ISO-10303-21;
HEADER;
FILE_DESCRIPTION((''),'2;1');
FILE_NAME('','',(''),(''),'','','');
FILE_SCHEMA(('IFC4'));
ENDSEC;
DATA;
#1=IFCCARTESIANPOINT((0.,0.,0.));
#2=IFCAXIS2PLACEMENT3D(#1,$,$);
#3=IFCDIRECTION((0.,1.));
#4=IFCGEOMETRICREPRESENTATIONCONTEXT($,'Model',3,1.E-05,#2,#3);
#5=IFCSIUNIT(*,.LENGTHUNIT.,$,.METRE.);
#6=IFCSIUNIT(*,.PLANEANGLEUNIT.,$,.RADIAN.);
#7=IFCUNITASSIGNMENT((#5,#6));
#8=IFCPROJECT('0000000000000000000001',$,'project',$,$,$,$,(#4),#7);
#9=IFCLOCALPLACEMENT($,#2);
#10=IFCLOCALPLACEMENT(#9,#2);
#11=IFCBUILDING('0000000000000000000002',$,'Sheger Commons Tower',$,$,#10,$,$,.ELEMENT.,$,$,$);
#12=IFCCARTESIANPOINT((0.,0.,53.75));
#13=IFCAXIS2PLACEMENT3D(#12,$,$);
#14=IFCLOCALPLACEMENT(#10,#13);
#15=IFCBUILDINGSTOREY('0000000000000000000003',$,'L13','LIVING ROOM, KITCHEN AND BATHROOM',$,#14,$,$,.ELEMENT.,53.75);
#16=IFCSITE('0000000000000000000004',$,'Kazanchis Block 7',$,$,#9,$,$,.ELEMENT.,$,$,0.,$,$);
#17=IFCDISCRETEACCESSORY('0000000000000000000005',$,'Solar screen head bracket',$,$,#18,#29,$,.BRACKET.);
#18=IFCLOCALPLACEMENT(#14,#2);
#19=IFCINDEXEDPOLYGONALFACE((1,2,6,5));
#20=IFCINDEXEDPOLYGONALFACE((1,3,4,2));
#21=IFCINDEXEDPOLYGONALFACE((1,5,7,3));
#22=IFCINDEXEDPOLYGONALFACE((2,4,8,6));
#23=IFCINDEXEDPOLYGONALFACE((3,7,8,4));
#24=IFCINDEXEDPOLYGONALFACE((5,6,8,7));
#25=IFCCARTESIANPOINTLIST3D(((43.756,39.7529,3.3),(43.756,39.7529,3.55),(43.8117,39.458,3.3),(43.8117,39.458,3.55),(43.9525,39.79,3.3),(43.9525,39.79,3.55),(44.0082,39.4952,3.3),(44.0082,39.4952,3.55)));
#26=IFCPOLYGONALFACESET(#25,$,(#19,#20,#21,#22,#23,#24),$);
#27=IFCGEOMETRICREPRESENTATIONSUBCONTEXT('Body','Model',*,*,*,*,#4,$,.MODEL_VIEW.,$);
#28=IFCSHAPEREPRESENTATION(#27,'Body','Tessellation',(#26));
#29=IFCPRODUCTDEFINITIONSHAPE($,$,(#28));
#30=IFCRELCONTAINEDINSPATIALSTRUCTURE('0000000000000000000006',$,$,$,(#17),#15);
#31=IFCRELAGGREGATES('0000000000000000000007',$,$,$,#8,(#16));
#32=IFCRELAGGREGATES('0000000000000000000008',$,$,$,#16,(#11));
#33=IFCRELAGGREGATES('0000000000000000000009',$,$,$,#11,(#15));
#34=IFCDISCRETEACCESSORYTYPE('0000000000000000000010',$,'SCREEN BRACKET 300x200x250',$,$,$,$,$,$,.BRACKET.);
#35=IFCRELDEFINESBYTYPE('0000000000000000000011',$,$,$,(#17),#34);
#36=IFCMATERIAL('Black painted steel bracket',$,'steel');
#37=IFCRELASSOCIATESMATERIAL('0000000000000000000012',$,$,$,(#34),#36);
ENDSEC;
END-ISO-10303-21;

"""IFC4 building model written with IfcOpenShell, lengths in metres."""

from ifc_helpers import new_model, si_unit, direction, frame, origin, origin_2d, place, context, subcontext, project, spatial, rectangle, extrude, material, type_object, element, save


model = new_model("IFC4")

# Units and contexts
model_context = context("Model", 3, precision=1e-05, world=origin(), true_north=direction((0.0, 1.0)))
body_context = subcontext(model_context, "Body", "Model", "MODEL_VIEW")
ifc_project = project(units=[si_unit("LENGTHUNIT", "METRE"), si_unit("PLANEANGLEUNIT", "RADIAN")], contexts=[model_context])

# Site, building, storey
site_placement = place(None, origin())
site = spatial("IfcSite", under=ifc_project, at=site_placement, Name="Kazanchis Block 7", CompositionType="ELEMENT", RefElevation=0.0)
building_placement = place(site_placement, origin())
building = spatial("IfcBuilding", under=site, at=building_placement, Name="Sheger Commons Tower", CompositionType="ELEMENT")
storey_placement = place(building_placement, frame((0.0, 0.0, 53.75)))
storey = spatial("IfcBuildingStorey", under=building, at=storey_placement, Name="L13", Description="LIVING ROOM, KITCHEN AND BATHROOM", CompositionType="ELEMENT", Elevation=53.75)

# Discrete accessory
ifc_material_1 = material(Name="Black painted steel bracket", Category="steel")
discrete_accessory_type = type_object("IfcDiscreteAccessoryType", Name="SCREEN BRACKET 300x200x250", PredefinedType="BRACKET", material=ifc_material_1)
for number, where, z_axis, x_axis, name in (
    (1, (43.8821, 39.624, 3.3), (0.0, 0.0, 1.0), (-0.185615, 0.982623, 0.0), "Solar screen head bracket"),
):
    element("IfcDiscreteAccessory", number, at=place(storey_placement, frame(where, z_axis=z_axis, x_axis=x_axis)), inside=storey, type_object=discrete_accessory_type, Name=name, PredefinedType="BRACKET", context=body_context, shape_type="SweptSolid", body=[
        extrude(rectangle(XDim=0.3, YDim=0.2, at=origin_2d()), origin(), (0.0, 0.0, 1.0), 0.25),
    ])

save(model, "model.ifc")
